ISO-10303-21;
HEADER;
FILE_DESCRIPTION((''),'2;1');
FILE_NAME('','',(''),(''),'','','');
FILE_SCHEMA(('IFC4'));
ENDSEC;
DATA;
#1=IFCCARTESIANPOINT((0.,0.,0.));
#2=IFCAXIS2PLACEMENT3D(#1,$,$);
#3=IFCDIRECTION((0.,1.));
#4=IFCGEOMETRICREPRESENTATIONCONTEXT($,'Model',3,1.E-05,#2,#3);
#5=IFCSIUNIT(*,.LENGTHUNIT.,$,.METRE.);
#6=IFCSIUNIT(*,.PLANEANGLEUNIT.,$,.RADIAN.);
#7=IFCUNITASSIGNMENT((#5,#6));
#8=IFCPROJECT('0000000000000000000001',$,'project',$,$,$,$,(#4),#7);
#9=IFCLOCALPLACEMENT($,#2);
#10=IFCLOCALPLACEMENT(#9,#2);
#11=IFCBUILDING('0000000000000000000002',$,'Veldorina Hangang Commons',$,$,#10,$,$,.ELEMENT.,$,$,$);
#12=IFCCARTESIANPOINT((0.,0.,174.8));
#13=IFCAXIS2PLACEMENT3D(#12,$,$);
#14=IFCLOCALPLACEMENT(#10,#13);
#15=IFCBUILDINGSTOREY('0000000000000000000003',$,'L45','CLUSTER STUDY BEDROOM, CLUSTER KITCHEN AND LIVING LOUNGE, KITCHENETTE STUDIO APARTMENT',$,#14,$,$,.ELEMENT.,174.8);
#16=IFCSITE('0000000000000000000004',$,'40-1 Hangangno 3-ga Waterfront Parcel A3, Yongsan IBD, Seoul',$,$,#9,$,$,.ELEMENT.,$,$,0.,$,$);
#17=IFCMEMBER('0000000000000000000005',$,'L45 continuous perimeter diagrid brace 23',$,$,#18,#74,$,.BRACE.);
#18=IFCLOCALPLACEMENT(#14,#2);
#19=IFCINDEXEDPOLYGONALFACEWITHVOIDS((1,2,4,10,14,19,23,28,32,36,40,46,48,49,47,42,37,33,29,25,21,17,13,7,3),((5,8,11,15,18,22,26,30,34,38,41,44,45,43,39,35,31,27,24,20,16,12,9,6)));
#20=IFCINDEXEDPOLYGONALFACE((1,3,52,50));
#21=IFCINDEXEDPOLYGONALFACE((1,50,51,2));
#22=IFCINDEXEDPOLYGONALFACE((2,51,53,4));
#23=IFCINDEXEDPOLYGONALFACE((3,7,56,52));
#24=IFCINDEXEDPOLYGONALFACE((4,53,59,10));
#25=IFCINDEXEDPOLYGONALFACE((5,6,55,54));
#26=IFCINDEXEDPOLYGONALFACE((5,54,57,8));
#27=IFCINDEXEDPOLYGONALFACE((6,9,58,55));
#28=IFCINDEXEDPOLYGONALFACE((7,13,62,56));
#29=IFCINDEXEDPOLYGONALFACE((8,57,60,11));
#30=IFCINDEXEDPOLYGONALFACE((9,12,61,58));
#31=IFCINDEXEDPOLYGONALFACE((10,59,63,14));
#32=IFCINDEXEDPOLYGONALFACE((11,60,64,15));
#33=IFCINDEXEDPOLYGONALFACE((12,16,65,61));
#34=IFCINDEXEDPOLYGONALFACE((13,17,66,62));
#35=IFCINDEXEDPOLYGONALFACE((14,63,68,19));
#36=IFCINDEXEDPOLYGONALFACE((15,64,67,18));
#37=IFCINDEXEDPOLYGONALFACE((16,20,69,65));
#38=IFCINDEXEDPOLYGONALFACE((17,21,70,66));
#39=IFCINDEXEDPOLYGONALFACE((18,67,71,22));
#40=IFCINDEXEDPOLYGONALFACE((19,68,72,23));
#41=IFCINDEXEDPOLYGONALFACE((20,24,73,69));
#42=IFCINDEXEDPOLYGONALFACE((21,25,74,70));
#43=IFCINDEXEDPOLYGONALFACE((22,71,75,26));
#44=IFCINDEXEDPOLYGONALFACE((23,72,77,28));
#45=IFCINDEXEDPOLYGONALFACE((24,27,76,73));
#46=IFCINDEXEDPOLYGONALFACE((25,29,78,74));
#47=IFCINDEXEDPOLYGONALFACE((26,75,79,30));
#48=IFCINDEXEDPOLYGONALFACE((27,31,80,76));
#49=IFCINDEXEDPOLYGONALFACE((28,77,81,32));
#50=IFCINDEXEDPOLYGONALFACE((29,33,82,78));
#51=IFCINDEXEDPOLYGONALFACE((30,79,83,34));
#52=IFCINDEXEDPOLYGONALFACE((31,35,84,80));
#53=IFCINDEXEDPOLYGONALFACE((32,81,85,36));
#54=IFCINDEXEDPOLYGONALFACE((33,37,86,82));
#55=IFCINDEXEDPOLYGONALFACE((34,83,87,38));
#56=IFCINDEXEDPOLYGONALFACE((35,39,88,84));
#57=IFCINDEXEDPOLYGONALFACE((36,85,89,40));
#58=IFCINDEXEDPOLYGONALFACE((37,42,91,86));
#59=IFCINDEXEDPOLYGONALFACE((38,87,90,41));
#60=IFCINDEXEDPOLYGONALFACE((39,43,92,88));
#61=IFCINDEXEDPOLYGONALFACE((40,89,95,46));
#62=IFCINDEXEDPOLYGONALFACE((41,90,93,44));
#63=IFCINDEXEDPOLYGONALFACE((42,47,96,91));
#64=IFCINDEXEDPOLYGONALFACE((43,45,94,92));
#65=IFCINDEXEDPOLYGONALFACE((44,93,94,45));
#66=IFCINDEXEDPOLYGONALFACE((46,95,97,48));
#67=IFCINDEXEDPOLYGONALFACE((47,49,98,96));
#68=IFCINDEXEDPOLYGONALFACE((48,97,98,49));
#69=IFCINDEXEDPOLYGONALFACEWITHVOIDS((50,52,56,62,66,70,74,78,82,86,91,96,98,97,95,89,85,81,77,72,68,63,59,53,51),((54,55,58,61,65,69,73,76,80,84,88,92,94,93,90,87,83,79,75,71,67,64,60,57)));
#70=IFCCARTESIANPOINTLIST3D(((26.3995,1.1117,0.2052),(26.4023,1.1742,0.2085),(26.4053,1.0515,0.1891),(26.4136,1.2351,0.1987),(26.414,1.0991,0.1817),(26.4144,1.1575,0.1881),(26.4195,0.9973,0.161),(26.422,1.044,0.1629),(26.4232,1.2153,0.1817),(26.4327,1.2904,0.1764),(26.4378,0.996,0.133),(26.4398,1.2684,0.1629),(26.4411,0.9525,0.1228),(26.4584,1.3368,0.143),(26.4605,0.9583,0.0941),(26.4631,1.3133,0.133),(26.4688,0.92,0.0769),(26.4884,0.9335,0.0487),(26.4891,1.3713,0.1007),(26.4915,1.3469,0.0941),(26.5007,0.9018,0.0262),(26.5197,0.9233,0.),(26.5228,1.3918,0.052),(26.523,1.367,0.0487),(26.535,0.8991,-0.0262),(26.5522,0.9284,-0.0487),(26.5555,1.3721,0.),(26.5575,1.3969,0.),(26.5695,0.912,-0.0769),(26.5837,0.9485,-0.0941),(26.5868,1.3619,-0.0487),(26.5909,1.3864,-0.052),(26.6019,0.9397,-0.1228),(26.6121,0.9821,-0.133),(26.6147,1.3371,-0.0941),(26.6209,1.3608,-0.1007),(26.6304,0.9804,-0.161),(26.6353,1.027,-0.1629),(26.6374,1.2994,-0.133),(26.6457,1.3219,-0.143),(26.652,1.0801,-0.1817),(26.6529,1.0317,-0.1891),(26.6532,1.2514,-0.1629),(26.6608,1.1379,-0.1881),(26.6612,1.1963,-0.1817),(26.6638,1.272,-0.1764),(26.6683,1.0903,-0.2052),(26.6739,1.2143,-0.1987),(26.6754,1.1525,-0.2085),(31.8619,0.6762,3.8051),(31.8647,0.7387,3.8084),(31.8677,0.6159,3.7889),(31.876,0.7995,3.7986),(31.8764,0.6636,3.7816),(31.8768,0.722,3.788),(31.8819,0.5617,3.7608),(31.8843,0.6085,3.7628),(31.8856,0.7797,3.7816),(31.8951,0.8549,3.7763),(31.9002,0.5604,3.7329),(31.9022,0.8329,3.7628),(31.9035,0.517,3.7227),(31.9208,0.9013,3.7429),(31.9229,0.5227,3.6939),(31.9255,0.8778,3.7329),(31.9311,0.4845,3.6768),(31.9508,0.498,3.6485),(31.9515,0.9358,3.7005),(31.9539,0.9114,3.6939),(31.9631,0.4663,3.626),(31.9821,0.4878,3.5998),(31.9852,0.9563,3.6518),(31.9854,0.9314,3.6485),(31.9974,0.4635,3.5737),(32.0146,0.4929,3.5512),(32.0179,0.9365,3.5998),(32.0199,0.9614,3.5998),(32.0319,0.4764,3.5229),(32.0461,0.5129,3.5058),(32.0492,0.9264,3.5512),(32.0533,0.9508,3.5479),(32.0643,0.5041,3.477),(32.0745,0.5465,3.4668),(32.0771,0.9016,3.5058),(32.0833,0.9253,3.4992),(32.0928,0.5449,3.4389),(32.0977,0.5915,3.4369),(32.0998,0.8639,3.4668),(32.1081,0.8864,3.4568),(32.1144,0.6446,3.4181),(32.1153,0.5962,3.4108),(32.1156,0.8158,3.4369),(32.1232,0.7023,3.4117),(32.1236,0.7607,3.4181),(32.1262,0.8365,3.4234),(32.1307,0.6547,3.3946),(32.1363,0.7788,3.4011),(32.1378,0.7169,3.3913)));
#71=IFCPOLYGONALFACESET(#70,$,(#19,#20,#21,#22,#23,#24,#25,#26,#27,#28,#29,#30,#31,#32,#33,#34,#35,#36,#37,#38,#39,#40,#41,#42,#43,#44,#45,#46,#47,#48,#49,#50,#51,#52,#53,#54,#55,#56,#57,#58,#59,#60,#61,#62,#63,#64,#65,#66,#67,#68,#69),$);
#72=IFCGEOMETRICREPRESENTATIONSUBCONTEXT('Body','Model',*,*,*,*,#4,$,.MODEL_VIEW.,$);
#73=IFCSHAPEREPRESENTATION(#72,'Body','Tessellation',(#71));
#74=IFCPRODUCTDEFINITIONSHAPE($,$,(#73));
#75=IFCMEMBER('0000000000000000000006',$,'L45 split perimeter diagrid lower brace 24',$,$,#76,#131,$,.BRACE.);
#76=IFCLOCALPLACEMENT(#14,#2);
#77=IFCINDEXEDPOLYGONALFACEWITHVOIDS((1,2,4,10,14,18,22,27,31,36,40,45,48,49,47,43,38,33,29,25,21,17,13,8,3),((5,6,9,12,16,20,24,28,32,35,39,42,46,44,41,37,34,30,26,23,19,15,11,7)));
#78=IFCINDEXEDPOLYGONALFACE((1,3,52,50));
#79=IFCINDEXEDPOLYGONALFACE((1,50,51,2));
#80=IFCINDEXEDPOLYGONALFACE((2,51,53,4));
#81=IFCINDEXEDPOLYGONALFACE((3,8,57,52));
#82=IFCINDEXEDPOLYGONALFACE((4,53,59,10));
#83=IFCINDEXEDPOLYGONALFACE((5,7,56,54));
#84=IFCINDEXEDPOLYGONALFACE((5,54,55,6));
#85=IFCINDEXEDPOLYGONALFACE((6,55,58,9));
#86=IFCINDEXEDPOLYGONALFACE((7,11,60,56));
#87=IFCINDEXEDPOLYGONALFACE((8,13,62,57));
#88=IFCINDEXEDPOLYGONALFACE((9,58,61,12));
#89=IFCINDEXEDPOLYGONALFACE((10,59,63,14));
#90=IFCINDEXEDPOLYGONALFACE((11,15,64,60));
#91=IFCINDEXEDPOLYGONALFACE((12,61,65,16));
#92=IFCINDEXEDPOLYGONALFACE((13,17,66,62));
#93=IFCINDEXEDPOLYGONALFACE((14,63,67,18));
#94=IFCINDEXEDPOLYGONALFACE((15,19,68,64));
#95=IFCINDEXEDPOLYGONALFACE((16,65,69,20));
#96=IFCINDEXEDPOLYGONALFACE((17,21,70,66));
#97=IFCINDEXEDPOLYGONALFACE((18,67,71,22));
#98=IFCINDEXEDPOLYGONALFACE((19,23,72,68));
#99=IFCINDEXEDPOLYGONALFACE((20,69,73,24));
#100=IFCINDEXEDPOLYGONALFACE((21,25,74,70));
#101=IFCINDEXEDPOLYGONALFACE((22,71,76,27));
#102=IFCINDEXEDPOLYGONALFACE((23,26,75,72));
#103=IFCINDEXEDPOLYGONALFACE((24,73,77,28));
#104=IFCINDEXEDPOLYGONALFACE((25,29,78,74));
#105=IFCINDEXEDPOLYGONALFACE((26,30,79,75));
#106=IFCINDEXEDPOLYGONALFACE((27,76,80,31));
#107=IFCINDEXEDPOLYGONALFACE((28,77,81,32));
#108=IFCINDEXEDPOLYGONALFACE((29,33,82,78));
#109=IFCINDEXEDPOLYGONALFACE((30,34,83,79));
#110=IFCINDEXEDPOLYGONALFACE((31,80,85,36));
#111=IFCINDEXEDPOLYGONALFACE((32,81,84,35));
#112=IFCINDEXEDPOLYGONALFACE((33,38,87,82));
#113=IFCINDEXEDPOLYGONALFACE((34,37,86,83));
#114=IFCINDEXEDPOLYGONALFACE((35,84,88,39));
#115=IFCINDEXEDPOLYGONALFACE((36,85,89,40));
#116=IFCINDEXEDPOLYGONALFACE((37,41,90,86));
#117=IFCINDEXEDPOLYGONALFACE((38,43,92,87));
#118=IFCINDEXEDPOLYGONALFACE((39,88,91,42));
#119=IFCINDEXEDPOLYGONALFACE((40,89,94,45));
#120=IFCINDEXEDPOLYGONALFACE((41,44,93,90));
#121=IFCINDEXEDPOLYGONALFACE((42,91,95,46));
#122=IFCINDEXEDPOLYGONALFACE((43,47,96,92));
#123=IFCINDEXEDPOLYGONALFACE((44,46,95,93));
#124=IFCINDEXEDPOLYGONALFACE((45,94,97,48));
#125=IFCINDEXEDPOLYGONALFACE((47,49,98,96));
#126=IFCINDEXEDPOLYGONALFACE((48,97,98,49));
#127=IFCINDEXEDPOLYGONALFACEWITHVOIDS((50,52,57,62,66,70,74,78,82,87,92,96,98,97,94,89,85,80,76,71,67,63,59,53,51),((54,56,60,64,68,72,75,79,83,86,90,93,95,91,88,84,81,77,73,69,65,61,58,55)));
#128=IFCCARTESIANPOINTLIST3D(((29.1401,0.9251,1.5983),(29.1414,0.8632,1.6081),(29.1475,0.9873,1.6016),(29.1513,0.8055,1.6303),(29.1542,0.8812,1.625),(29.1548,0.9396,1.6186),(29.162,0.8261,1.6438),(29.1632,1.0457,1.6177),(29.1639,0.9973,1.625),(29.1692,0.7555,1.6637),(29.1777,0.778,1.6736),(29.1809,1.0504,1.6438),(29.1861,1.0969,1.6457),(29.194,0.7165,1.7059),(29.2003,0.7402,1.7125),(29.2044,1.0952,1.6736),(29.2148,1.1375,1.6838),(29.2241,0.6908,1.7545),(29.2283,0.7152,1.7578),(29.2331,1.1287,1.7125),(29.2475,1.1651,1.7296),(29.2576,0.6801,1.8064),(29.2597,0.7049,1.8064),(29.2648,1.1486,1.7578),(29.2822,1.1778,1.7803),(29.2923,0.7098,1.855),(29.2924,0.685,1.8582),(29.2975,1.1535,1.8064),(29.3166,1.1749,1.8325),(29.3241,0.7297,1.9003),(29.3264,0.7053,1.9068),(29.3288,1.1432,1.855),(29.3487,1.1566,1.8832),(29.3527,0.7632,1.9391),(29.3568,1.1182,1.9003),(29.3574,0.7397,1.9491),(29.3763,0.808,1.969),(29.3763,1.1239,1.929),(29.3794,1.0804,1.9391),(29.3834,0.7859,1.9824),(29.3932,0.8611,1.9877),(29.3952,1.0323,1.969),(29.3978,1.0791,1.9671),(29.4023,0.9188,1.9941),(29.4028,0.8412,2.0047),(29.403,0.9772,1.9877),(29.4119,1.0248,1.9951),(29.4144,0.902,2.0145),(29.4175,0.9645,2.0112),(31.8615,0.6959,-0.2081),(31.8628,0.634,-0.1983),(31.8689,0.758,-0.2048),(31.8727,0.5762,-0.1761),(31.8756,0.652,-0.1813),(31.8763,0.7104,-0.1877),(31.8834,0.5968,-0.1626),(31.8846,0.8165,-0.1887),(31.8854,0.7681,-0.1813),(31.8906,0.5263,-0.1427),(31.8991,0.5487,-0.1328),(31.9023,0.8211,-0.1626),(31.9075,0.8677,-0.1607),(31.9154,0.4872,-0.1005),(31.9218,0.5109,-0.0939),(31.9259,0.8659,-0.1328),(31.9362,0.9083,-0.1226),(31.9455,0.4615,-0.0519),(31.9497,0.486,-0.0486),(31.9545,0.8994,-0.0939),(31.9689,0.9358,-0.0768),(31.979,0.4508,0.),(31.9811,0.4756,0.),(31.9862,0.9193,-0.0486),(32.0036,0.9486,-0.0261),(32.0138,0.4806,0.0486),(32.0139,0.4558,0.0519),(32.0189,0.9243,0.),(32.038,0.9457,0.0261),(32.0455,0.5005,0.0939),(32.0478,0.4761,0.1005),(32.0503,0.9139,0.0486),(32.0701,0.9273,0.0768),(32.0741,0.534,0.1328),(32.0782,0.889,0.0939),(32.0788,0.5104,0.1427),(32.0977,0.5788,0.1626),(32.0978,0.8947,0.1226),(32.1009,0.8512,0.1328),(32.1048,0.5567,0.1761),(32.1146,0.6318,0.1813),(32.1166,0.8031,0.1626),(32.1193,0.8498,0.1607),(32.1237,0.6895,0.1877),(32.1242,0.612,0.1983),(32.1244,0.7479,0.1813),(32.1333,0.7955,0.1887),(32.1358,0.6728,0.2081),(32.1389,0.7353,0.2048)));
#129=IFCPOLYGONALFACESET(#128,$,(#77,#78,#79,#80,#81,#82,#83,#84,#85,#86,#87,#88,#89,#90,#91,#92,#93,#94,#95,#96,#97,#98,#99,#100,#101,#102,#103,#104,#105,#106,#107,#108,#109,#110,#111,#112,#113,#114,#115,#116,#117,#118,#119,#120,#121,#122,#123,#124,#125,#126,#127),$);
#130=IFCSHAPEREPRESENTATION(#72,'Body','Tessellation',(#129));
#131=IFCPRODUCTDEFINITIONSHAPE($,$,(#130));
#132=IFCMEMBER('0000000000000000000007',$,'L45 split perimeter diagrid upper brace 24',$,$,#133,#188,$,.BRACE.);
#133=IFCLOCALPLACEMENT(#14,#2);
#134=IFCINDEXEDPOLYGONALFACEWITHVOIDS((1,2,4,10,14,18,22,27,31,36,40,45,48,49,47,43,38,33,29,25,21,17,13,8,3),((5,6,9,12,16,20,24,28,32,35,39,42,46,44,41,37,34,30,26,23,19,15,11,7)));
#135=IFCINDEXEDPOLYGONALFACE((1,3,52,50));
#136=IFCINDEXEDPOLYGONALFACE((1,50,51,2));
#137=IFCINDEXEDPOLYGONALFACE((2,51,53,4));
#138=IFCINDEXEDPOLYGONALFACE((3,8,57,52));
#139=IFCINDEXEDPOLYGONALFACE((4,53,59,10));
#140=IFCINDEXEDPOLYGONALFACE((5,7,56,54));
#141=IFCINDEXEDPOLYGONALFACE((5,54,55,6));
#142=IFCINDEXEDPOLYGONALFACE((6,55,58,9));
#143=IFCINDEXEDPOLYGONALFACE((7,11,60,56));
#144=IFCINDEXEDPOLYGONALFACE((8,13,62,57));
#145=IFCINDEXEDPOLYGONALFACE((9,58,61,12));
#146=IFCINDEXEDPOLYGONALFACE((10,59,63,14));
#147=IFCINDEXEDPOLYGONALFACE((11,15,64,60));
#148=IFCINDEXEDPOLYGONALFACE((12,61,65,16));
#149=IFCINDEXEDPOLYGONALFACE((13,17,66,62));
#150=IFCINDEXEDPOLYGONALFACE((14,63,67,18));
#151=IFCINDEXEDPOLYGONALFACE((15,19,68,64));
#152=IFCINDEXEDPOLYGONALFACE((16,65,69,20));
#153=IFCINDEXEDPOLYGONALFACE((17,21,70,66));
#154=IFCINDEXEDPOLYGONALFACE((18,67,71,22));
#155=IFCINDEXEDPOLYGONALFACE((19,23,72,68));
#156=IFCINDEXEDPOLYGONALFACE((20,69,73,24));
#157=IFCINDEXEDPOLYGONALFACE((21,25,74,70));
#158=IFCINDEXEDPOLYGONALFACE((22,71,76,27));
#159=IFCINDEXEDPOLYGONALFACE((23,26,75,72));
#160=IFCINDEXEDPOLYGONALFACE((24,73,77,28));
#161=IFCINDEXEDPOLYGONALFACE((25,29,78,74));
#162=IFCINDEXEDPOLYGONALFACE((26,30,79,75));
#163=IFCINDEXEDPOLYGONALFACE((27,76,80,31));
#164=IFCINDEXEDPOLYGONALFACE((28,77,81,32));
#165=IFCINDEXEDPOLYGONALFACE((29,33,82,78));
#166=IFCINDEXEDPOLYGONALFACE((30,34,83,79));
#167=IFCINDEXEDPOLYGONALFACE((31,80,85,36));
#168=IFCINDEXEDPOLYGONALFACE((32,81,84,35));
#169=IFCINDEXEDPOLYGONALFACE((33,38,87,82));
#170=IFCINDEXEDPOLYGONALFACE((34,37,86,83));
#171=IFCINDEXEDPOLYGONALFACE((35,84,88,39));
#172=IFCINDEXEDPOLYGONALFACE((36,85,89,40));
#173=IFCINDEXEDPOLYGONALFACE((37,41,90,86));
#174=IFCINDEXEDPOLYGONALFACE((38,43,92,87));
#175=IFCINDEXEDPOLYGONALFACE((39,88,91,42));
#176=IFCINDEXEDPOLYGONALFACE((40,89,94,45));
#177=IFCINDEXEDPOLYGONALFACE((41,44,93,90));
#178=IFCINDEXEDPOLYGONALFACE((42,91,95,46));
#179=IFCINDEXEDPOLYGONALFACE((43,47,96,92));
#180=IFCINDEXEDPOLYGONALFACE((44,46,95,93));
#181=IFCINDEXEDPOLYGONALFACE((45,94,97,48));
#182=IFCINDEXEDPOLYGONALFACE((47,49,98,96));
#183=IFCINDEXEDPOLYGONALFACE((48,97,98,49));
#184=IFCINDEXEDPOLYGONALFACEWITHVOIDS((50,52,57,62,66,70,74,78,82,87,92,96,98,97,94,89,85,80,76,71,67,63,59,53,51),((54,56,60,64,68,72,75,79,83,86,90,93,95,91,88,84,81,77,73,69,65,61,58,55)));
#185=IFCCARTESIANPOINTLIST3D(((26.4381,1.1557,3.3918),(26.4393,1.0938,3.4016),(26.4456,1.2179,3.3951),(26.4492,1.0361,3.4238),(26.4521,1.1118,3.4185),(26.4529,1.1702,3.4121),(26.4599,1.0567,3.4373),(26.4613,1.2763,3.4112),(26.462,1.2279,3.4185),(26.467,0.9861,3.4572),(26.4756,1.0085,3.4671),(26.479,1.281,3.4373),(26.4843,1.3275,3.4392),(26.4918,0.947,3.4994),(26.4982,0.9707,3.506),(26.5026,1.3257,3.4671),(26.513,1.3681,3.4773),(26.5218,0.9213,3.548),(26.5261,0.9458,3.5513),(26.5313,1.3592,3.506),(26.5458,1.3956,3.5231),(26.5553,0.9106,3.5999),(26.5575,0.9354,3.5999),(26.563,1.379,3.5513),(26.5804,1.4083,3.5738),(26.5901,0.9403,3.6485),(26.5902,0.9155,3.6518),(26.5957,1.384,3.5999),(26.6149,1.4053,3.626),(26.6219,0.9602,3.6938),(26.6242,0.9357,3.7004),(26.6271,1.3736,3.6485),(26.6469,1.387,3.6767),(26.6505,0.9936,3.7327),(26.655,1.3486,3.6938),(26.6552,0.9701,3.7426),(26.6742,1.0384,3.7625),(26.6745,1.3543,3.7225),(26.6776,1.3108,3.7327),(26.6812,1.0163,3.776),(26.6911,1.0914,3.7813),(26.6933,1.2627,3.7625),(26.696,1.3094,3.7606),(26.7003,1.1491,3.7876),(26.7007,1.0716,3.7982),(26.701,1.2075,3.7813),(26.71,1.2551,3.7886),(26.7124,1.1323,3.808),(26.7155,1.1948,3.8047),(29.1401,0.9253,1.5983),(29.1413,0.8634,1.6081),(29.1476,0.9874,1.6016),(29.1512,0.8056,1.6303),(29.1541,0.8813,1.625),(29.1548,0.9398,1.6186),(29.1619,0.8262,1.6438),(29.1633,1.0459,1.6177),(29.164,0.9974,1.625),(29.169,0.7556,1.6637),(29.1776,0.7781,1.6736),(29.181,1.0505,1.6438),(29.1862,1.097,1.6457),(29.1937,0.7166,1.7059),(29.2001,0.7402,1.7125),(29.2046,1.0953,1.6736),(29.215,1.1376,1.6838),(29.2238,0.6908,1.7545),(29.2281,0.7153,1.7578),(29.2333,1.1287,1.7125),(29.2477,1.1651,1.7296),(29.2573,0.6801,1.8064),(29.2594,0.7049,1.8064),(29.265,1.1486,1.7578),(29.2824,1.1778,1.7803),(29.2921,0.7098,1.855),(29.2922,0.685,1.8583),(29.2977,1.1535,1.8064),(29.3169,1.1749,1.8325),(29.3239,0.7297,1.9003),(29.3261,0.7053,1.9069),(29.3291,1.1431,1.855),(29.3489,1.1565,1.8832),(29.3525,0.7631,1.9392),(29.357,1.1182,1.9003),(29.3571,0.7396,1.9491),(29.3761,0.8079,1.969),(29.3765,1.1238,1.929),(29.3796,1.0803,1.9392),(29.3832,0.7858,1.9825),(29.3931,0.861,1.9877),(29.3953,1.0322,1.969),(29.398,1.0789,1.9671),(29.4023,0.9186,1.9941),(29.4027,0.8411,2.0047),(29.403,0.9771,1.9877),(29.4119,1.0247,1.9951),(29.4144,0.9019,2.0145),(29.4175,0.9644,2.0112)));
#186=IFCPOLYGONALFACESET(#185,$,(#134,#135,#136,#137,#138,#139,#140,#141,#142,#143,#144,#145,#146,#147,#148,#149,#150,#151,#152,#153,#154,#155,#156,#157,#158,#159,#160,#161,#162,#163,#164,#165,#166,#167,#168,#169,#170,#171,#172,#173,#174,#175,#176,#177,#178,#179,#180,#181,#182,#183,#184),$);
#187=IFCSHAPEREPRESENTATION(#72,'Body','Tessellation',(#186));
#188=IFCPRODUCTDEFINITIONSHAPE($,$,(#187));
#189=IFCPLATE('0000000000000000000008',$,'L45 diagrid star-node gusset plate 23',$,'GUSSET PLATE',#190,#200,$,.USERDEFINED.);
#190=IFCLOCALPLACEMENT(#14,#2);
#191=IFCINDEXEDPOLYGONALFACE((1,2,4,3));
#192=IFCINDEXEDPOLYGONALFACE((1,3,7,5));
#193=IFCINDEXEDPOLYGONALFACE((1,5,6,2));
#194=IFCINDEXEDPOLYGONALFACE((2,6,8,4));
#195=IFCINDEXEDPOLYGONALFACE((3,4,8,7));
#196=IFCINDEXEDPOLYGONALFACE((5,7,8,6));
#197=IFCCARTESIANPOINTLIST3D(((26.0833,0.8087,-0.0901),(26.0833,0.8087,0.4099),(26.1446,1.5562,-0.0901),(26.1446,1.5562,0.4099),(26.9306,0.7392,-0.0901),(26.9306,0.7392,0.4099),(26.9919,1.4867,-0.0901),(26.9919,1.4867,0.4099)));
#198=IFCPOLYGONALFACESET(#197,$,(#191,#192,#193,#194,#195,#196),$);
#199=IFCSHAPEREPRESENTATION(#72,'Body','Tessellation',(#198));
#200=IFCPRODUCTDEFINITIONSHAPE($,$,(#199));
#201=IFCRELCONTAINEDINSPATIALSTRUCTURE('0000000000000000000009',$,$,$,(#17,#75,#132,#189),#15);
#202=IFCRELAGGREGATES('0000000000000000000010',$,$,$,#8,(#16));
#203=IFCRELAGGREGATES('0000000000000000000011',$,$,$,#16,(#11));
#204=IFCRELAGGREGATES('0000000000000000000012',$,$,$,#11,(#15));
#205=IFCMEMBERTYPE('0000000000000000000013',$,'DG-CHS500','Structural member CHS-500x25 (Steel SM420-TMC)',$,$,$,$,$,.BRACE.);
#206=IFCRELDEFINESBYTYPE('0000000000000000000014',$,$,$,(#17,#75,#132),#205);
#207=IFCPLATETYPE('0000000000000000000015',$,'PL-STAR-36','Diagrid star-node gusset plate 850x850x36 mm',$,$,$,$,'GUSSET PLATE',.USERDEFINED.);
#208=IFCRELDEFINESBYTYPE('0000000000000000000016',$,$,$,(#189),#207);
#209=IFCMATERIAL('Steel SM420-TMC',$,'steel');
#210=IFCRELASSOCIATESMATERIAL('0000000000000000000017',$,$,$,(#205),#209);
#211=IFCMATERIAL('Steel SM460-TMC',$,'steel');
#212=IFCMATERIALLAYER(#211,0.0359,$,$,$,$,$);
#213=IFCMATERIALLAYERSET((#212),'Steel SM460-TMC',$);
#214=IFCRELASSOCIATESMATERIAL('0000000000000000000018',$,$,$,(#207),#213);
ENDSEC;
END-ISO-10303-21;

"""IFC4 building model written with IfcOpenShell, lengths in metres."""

from ifc_helpers import new_model, si_unit, direction, frame, origin, origin_2d, place, context, subcontext, project, spatial, rectangle, hollow_circle, extrude, material, layer, layer_set, material_profile, profile_set, type_object, element, save


model = new_model("IFC4")

# Units and contexts
model_context = context("Model", 3, precision=1e-05, world=origin(), true_north=direction((0.0, 1.0)))
body_context = subcontext(model_context, "Body", "Model", "MODEL_VIEW")
ifc_project = project(units=[si_unit("LENGTHUNIT", "METRE"), si_unit("PLANEANGLEUNIT", "RADIAN")], contexts=[model_context])

# Site, building, storey
site_placement = place(None, origin())
site = spatial("IfcSite", under=ifc_project, at=site_placement, Name="40-1 Hangangno 3-ga Waterfront Parcel A3, Yongsan IBD, Seoul", CompositionType="ELEMENT", RefElevation=0.0)
building_placement = place(site_placement, origin())
building = spatial("IfcBuilding", under=site, at=building_placement, Name="Veldorina Hangang Commons", CompositionType="ELEMENT")
storey_placement = place(building_placement, frame((0.0, 0.0, 174.8)))
storey = spatial("IfcBuildingStorey", under=building, at=storey_placement, Name="L45", Description="CLUSTER STUDY BEDROOM, CLUSTER KITCHEN AND LIVING LOUNGE, KITCHENETTE STUDIO APARTMENT", CompositionType="ELEMENT", Elevation=174.8)

# Shared definitions
ifc_material_1 = material(Name="Steel SM420-TMC", Category="steel")

# Members
ifc_material_profile_1 = material_profile(ifc_material_1, hollow_circle(Radius=0.25, WallThickness=0.0249, at=origin_2d()), Name="CHS-500x25")
ifc_profile_set_1 = profile_set([ifc_material_profile_1], Name="Steel SM420-TMC")
member_type = type_object("IfcMemberType", Name="DG-CHS500", Description="Structural member CHS-500x25 (Steel SM420-TMC)", PredefinedType="BRACE", material=ifc_profile_set_1)
member_1_placement = place(storey_placement, frame((26.5376, 1.1477, 0.0), z_axis=(0.833139, -0.066431, 0.549059), x_axis=(0.079483, 0.996836, 0.0)))
element("IfcMember", 1, at=member_1_placement, inside=storey, type_object=member_type, Name="L45 continuous perimeter diagrid brace 23", PredefinedType="BRACE", context=body_context, shape_type="SweptSolid", body=[
    extrude(hollow_circle(Radius=0.25, WallThickness=0.0249, at=origin_2d()), origin(), (0.0, 0.0, 1.0), 6.5564),
])
member_2_placement = place(storey_placement, frame((32.0, 0.7, 0.0), z_axis=(-0.83112, 0.070012, 0.551669), x_axis=(-0.083941, -0.996471, 0.0)))
element("IfcMember", 2, at=member_2_placement, inside=storey, type_object=member_type, Name="L45 split perimeter diagrid lower brace 24", PredefinedType="BRACE", context=body_context, shape_type="SweptSolid", body=[
    extrude(hollow_circle(Radius=0.25, WallThickness=0.0249, at=origin_2d()), origin(), (0.0, 0.0, 1.0), 3.2744),
])
member_3_placement = place(storey_placement, frame((29.2786, 0.9292, 1.8064), z_axis=(-0.831064, 0.070889, 0.55164), x_axis=(-0.08499, -0.996382, 0.0)))
element("IfcMember", 3, at=member_3_placement, inside=storey, type_object=member_type, Name="L45 split perimeter diagrid upper brace 24", PredefinedType="BRACE", context=body_context, shape_type="SweptSolid", body=[
    extrude(hollow_circle(Radius=0.25, WallThickness=0.0249, at=origin_2d()), origin(), (0.0, 0.0, 1.0), 3.2512),
])

# Plate
ifc_material_2 = material(Name="Steel SM460-TMC", Category="steel")
ifc_layer_1 = layer(ifc_material_2, 0.0359)
ifc_layer_set_1 = layer_set([ifc_layer_1], Name="Steel SM460-TMC")
plate_type = type_object("IfcPlateType", Name="PL-STAR-36", Description="Diagrid star-node gusset plate 850x850x36 mm", ElementType="GUSSET PLATE", PredefinedType="USERDEFINED", material=ifc_layer_set_1)
plate_1_placement = place(storey_placement, frame((26.5376, 1.1477, -0.0901), z_axis=(0.0, 0.0, 1.0), x_axis=(0.996659, -0.081678, 0.0)))
element("IfcPlate", 4, at=plate_1_placement, inside=storey, type_object=plate_type, Name="L45 diagrid star-node gusset plate 23", ObjectType="GUSSET PLATE", PredefinedType="USERDEFINED", context=body_context, shape_type="SweptSolid", body=[
    extrude(rectangle(XDim=0.8501, YDim=0.75, at=origin_2d()), origin(), (0.0, 0.0, 1.0), 0.5),
])

save(model, "model.ifc")
